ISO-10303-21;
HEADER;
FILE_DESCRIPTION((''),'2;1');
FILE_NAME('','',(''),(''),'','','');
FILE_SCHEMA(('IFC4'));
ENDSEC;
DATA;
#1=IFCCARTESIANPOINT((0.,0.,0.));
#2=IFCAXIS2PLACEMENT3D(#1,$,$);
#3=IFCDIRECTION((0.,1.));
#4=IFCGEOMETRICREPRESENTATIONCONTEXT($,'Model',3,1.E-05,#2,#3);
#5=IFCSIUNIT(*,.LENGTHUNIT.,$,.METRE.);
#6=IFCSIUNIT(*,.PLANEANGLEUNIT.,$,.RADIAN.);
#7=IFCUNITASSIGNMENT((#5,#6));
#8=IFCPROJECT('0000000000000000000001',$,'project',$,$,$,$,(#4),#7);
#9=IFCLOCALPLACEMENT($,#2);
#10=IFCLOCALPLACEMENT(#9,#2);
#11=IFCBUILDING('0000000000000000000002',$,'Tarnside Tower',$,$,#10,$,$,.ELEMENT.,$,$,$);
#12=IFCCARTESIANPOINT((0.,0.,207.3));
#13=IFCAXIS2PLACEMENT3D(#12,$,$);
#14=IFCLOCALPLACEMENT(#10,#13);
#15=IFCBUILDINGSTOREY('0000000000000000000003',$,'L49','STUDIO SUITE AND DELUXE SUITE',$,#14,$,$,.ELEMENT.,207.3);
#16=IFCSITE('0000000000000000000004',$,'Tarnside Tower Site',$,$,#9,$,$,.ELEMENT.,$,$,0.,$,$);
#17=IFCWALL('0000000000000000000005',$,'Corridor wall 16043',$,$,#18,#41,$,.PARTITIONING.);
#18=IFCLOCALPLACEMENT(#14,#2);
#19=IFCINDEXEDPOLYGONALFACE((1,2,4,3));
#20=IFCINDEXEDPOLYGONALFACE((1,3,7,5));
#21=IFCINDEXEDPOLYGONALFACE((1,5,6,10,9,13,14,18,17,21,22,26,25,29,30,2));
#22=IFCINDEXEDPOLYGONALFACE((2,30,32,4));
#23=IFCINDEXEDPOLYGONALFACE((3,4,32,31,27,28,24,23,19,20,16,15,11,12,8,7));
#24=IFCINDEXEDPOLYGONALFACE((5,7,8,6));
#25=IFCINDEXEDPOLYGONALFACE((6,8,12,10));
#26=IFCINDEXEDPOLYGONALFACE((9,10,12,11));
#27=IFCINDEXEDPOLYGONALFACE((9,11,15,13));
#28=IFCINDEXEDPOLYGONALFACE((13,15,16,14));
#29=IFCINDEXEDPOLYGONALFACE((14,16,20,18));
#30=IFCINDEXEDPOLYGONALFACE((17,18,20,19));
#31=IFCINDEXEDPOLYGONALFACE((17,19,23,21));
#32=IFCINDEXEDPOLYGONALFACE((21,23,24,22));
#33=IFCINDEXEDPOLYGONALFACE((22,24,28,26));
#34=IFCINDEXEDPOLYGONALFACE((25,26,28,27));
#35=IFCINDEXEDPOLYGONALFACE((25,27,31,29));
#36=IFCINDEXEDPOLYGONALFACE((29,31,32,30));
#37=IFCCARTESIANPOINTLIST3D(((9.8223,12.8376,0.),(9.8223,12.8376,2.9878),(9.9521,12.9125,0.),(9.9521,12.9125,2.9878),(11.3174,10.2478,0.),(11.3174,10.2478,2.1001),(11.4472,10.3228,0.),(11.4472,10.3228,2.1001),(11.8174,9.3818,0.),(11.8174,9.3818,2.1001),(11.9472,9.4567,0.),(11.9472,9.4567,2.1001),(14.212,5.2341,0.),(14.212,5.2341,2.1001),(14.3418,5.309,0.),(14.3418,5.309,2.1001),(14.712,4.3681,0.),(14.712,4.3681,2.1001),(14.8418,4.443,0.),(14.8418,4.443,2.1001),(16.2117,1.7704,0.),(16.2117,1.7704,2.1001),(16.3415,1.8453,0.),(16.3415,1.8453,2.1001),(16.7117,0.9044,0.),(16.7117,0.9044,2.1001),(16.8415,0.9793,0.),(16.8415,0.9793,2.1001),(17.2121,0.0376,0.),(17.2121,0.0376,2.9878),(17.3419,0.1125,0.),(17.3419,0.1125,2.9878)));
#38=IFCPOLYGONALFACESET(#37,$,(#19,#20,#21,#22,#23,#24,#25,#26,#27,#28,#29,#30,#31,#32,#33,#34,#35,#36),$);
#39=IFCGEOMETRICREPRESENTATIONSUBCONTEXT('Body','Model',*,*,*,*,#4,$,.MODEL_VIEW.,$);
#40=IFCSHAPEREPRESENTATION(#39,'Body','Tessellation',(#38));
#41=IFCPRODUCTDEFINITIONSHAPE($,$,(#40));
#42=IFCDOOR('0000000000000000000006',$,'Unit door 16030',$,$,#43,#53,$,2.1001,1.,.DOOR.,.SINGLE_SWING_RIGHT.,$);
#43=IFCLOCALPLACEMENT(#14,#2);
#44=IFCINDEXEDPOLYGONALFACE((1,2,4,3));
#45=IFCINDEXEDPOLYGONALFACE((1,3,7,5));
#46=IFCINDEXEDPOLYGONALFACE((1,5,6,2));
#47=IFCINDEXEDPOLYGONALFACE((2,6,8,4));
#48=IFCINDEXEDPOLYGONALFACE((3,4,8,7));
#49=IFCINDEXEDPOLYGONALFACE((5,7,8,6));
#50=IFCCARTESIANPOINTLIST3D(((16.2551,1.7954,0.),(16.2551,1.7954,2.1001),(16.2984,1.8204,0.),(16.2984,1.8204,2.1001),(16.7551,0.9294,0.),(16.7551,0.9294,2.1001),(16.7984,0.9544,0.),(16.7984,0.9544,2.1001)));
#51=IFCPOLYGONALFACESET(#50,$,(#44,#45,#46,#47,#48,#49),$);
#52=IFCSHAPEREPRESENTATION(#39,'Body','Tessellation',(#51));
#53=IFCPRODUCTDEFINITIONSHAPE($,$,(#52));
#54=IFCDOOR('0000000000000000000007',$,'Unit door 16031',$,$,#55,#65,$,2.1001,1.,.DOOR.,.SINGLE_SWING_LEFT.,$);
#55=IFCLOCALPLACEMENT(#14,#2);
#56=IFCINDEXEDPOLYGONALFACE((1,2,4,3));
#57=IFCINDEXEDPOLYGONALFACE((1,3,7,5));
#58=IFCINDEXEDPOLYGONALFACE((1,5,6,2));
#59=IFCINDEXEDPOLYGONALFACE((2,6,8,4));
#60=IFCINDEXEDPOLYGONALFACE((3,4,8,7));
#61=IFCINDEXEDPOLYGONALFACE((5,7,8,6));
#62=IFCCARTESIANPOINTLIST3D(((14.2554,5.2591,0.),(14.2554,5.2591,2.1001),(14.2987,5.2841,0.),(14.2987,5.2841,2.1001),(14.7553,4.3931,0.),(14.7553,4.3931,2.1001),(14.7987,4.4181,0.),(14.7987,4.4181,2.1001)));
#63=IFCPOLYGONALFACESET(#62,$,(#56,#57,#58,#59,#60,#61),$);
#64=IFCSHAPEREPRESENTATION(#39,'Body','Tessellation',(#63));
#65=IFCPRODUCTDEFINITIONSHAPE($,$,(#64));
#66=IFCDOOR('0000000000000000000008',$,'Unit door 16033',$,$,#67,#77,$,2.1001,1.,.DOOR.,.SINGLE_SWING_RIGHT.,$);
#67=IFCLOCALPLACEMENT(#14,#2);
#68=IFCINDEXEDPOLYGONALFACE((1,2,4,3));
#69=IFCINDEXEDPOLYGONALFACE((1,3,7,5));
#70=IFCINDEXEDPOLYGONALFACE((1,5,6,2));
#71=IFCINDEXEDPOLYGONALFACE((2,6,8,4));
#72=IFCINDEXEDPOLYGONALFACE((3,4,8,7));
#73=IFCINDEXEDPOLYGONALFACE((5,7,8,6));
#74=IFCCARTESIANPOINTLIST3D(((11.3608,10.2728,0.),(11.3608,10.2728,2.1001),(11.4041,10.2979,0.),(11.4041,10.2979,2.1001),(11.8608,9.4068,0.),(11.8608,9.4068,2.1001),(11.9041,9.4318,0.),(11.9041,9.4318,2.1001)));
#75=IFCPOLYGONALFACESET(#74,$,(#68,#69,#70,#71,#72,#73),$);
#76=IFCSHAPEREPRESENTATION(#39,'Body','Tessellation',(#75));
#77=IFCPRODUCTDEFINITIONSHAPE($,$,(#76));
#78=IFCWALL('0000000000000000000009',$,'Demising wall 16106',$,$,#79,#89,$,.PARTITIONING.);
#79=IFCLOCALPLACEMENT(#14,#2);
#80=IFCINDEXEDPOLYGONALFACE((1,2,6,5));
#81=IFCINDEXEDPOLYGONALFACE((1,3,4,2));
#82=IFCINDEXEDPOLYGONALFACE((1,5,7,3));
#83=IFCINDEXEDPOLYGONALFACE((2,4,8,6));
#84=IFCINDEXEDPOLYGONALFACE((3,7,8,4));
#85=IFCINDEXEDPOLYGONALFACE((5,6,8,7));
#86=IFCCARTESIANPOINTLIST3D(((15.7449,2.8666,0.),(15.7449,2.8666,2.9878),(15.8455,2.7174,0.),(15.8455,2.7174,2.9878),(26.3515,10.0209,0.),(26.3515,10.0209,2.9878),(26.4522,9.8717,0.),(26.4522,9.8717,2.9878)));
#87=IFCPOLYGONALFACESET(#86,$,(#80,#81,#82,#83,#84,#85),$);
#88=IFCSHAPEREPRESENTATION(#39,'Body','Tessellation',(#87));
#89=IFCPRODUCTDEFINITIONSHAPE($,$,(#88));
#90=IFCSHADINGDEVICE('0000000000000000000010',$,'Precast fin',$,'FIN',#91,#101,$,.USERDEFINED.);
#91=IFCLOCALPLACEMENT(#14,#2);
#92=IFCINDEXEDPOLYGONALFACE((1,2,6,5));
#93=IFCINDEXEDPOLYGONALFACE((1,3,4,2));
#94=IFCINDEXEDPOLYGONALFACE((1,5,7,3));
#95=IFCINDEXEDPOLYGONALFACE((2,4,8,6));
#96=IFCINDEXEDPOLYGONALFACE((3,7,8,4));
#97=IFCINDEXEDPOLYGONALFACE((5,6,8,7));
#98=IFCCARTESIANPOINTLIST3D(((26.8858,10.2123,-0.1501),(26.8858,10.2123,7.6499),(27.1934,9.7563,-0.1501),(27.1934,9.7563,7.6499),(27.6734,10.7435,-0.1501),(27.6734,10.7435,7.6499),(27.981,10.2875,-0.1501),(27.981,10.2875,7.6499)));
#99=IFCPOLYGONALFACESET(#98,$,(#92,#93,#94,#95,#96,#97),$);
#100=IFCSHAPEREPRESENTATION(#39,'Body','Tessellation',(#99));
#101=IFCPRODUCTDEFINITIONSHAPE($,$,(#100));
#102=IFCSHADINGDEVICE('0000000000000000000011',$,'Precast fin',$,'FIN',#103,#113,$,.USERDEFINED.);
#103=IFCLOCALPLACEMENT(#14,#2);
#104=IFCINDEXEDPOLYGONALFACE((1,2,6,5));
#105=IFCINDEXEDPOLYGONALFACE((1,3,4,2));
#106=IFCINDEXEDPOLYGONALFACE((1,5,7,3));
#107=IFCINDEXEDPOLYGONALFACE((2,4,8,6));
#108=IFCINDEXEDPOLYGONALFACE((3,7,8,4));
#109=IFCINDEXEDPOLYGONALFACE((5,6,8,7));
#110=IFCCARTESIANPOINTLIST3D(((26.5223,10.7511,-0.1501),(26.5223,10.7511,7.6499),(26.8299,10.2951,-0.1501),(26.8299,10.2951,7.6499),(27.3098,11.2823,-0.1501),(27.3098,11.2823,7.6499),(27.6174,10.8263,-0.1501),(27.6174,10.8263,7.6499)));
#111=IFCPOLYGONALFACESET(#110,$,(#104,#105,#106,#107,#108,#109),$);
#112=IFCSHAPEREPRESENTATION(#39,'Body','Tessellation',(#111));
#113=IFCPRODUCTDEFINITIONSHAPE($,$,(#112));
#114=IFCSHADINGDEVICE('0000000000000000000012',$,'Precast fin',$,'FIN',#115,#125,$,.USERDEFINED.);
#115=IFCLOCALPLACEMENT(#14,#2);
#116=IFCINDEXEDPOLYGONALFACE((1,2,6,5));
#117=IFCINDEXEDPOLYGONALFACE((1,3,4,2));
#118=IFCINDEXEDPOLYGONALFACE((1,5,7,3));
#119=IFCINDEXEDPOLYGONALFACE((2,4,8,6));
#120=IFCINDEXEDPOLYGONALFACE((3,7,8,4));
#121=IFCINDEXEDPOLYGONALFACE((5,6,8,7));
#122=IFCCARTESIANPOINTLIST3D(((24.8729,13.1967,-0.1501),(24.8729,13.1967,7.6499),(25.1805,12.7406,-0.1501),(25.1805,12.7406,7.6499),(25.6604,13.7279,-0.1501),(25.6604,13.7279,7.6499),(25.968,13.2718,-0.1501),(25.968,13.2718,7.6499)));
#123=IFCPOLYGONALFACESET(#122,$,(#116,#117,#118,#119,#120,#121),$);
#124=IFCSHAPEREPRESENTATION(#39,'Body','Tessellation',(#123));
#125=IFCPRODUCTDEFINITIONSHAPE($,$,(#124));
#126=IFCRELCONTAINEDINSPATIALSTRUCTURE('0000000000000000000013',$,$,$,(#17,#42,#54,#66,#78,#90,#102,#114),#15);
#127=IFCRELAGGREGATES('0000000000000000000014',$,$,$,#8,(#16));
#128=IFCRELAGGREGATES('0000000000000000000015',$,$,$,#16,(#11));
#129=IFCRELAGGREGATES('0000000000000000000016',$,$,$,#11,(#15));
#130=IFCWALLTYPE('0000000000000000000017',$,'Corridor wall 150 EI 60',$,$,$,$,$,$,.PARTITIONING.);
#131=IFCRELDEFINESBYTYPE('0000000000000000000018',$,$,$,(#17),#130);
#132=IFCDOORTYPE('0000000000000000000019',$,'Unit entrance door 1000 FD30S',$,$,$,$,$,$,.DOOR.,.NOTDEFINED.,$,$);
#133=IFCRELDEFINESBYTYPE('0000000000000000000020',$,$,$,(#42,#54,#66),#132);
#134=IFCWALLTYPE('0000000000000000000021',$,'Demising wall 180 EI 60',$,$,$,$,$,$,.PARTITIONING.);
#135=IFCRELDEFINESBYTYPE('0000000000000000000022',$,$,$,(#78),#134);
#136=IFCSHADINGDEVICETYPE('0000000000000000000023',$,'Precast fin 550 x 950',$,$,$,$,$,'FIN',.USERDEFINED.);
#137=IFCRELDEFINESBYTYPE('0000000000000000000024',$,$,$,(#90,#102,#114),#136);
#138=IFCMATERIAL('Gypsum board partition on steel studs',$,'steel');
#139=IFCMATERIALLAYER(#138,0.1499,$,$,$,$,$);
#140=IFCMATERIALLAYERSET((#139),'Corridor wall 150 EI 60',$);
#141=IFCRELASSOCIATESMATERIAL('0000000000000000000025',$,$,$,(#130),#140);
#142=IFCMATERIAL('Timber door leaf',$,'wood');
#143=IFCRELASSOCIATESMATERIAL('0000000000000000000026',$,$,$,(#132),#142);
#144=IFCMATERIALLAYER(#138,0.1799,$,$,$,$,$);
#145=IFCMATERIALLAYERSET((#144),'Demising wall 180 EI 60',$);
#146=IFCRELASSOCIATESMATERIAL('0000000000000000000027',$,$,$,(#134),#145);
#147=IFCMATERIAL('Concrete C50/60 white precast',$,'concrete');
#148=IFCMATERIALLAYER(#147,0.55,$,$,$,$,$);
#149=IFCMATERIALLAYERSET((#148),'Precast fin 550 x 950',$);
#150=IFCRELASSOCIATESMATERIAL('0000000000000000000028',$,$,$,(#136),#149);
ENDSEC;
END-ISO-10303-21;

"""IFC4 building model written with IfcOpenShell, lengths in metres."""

from ifc_helpers import new_model, si_unit, direction, frame, frame_2d, origin, place, context, subcontext, project, spatial, polyline, rectangle, outline, extrude, material, layer, layer_set, type_object, element, fill, save


model = new_model("IFC4")

# Units and contexts
model_context = context("Model", 3, precision=1e-05, world=origin(), true_north=direction((0.0, 1.0)))
body_context = subcontext(model_context, "Body", "Model", "MODEL_VIEW")
ifc_project = project(units=[si_unit("LENGTHUNIT", "METRE"), si_unit("PLANEANGLEUNIT", "RADIAN")], contexts=[model_context])

# Site, building, storey
site_placement = place(None, origin())
site = spatial("IfcSite", under=ifc_project, at=site_placement, Name="Tarnside Tower Site", CompositionType="ELEMENT", RefElevation=0.0)
building_placement = place(site_placement, origin())
building = spatial("IfcBuilding", under=site, at=building_placement, Name="Tarnside Tower", CompositionType="ELEMENT")
storey_placement = place(building_placement, frame((0.0, 0.0, 207.3)))
storey = spatial("IfcBuildingStorey", under=building, at=storey_placement, Name="L49", Description="STUDIO SUITE AND DELUXE SUITE", CompositionType="ELEMENT", Elevation=207.3)

# Shared definitions
ifc_material_1 = material(Name="Gypsum board partition on steel studs", Category="steel")

# Shared definitions
ifc_material_2 = material(Name="Timber door leaf", Category="wood")

# Wall, openings, doors
ifc_layer_1 = layer(ifc_material_1, 0.1499)
ifc_layer_set_1 = layer_set([ifc_layer_1], Name="Corridor wall 150 EI 60")
wall_type_1 = type_object("IfcWallType", Name="Corridor wall 150 EI 60", PredefinedType="PARTITIONING", material=ifc_layer_set_1)
wall_1_placement = place(storey_placement, frame((17.2771, 0.075, 0.0), z_axis=(0.0, 0.0, 1.0), x_axis=(-0.499989, 0.866032, 0.0)))
wall_1 = element("IfcWall", 1, at=wall_1_placement, inside=storey, type_object=wall_type_1, Name="Corridor wall 16043", PredefinedType="PARTITIONING", context=body_context, shape_type="SweptSolid", body=[
    extrude(rectangle(XDim=14.78, YDim=0.1499, at=frame_2d((7.3901, 0.0))), origin(), (0.0, 0.0, 1.0), 2.9878),
])
opening_1_placement = place(wall_1_placement, frame((1.001, 0.0, 0.0)))
opening_1 = element("IfcOpeningElement", 2, at=opening_1_placement, cuts=wall_1, PredefinedType="OPENING", context=body_context, shape_type="SweptSolid", body=[
    extrude(rectangle(XDim=1.0, YDim=2.1001, at=frame_2d((0.5, 1.05))), frame((0.0, 0.085, 0.0), z_axis=(0.0, -1.0, 0.0), x_axis=(1.0, 0.0, 0.0)), (0.0, 0.0, 1.0), 0.1699),
])
opening_2_placement = place(wall_1_placement, frame((5.0005, 0.0, 0.0)))
opening_2 = element("IfcOpeningElement", 3, at=opening_2_placement, cuts=wall_1, PredefinedType="OPENING", context=body_context, shape_type="SweptSolid", body=[
    extrude(rectangle(XDim=1.0, YDim=2.1001, at=frame_2d((0.5, 1.05))), frame((0.0, 0.085, 0.0), z_axis=(0.0, -1.0, 0.0), x_axis=(1.0, 0.0, 0.0)), (0.0, 0.0, 1.0), 0.1699),
])
opening_3_placement = place(wall_1_placement, frame((10.7898, 0.0, 0.0)))
opening_3 = element("IfcOpeningElement", 4, at=opening_3_placement, cuts=wall_1, PredefinedType="OPENING", context=body_context, shape_type="SweptSolid", body=[
    extrude(rectangle(XDim=1.0, YDim=2.1001, at=frame_2d((0.5, 1.05))), frame((0.0, 0.085, 0.0), z_axis=(0.0, -1.0, 0.0), x_axis=(1.0, 0.0, 0.0)), (0.0, 0.0, 1.0), 0.1699),
])
door_type_1 = type_object("IfcDoorType", Name="Unit entrance door 1000 FD30S", OperationType="NOTDEFINED", PredefinedType="DOOR", material=ifc_material_2)
door_1_placement = place(opening_1_placement, origin())
door_1 = element("IfcDoor", 5, at=door_1_placement, inside=storey, type_object=door_type_1, Name="Unit door 16030", OperationType="SINGLE_SWING_RIGHT", OverallHeight=2.1001, OverallWidth=1.0, PredefinedType="DOOR", context=body_context, shape_type="SweptSolid", body=[
    extrude(rectangle(XDim=1.0, YDim=2.1001, at=frame_2d((0.5, 1.05))), frame((0.0, 0.0249, 0.0), z_axis=(0.0, -1.0, 0.0), x_axis=(1.0, 0.0, 0.0)), (0.0, 0.0, 1.0), 0.05),
])
fill(opening_1, door_1)
door_2_placement = place(opening_2_placement, origin())
door_2 = element("IfcDoor", 6, at=door_2_placement, inside=storey, type_object=door_type_1, Name="Unit door 16031", OperationType="SINGLE_SWING_LEFT", OverallHeight=2.1001, OverallWidth=1.0, PredefinedType="DOOR", context=body_context, shape_type="SweptSolid", body=[
    extrude(rectangle(XDim=1.0, YDim=2.1001, at=frame_2d((0.5, 1.05))), frame((0.0, 0.0249, 0.0), z_axis=(0.0, -1.0, 0.0), x_axis=(1.0, 0.0, 0.0)), (0.0, 0.0, 1.0), 0.05),
])
fill(opening_2, door_2)
door_3_placement = place(opening_3_placement, origin())
door_3 = element("IfcDoor", 7, at=door_3_placement, inside=storey, type_object=door_type_1, Name="Unit door 16033", OperationType="SINGLE_SWING_RIGHT", OverallHeight=2.1001, OverallWidth=1.0, PredefinedType="DOOR", context=body_context, shape_type="SweptSolid", body=[
    extrude(rectangle(XDim=1.0, YDim=2.1001, at=frame_2d((0.5, 1.05))), frame((0.0, 0.0249, 0.0), z_axis=(0.0, -1.0, 0.0), x_axis=(1.0, 0.0, 0.0)), (0.0, 0.0, 1.0), 0.05),
])
fill(opening_3, door_3)

# Wall
ifc_layer_2 = layer(ifc_material_1, 0.1799)
ifc_layer_set_2 = layer_set([ifc_layer_2], Name="Demising wall 180 EI 60")
wall_type_2 = type_object("IfcWallType", Name="Demising wall 180 EI 60", PredefinedType="PARTITIONING", material=ifc_layer_set_2)
wall_2_placement = place(storey_placement, frame((26.4019, 9.9463, 0.0), z_axis=(0.0, 0.0, 1.0), x_axis=(-0.829038, -0.559193, 0.0)))
element("IfcWall", 8, at=wall_2_placement, inside=storey, type_object=wall_type_2, Name="Demising wall 16106", PredefinedType="PARTITIONING", context=body_context, shape_type="SweptSolid", body=[
    extrude(rectangle(XDim=12.7939, YDim=0.1799, at=frame_2d((6.397, 0.0))), origin(), (0.0, 0.0, 1.0), 2.9878),
])

# Shading devices
ifc_material_3 = material(Name="Concrete C50/60 white precast", Category="concrete")
ifc_layer_3 = layer(ifc_material_3, 0.55)
ifc_layer_set_3 = layer_set([ifc_layer_3], Name="Precast fin 550 x 950")
shading_device_type = type_object("IfcShadingDeviceType", Name="Precast fin 550 x 950", ElementType="FIN", PredefinedType="USERDEFINED", material=ifc_layer_set_3)
for number, where, z_axis, x_axis, name in (
    (9, (27.0396, 9.9844, -0.1501), (0.559193, -0.829038, 0.0), (0.829038, 0.559193, 0.0), "Precast fin"),
    (10, (26.676, 10.5232, -0.1501), (0.559193, -0.829038, 0.0), (0.829038, 0.559193, 0.0), "Precast fin"),
    (11, (25.0266, 12.9688, -0.1501), (0.559193, -0.829038, 0.0), (0.829038, 0.559193, 0.0), "Precast fin"),
):
    element("IfcShadingDevice", number, at=place(storey_placement, frame(where, z_axis=z_axis, x_axis=x_axis)), inside=storey, type_object=shading_device_type, Name=name, ObjectType="FIN", PredefinedType="USERDEFINED", context=body_context, shape_type="SweptSolid", body=[
        extrude(outline(polyline([(0.0, 0.0), (0.95, 0.0), (0.95, 7.8), (0.0, 7.8), (0.0, 0.0)])), frame((0.0, 0.0, -0.2749)), (0.0, 0.0, 1.0), 0.55),
    ])

save(model, "model.ifc")
